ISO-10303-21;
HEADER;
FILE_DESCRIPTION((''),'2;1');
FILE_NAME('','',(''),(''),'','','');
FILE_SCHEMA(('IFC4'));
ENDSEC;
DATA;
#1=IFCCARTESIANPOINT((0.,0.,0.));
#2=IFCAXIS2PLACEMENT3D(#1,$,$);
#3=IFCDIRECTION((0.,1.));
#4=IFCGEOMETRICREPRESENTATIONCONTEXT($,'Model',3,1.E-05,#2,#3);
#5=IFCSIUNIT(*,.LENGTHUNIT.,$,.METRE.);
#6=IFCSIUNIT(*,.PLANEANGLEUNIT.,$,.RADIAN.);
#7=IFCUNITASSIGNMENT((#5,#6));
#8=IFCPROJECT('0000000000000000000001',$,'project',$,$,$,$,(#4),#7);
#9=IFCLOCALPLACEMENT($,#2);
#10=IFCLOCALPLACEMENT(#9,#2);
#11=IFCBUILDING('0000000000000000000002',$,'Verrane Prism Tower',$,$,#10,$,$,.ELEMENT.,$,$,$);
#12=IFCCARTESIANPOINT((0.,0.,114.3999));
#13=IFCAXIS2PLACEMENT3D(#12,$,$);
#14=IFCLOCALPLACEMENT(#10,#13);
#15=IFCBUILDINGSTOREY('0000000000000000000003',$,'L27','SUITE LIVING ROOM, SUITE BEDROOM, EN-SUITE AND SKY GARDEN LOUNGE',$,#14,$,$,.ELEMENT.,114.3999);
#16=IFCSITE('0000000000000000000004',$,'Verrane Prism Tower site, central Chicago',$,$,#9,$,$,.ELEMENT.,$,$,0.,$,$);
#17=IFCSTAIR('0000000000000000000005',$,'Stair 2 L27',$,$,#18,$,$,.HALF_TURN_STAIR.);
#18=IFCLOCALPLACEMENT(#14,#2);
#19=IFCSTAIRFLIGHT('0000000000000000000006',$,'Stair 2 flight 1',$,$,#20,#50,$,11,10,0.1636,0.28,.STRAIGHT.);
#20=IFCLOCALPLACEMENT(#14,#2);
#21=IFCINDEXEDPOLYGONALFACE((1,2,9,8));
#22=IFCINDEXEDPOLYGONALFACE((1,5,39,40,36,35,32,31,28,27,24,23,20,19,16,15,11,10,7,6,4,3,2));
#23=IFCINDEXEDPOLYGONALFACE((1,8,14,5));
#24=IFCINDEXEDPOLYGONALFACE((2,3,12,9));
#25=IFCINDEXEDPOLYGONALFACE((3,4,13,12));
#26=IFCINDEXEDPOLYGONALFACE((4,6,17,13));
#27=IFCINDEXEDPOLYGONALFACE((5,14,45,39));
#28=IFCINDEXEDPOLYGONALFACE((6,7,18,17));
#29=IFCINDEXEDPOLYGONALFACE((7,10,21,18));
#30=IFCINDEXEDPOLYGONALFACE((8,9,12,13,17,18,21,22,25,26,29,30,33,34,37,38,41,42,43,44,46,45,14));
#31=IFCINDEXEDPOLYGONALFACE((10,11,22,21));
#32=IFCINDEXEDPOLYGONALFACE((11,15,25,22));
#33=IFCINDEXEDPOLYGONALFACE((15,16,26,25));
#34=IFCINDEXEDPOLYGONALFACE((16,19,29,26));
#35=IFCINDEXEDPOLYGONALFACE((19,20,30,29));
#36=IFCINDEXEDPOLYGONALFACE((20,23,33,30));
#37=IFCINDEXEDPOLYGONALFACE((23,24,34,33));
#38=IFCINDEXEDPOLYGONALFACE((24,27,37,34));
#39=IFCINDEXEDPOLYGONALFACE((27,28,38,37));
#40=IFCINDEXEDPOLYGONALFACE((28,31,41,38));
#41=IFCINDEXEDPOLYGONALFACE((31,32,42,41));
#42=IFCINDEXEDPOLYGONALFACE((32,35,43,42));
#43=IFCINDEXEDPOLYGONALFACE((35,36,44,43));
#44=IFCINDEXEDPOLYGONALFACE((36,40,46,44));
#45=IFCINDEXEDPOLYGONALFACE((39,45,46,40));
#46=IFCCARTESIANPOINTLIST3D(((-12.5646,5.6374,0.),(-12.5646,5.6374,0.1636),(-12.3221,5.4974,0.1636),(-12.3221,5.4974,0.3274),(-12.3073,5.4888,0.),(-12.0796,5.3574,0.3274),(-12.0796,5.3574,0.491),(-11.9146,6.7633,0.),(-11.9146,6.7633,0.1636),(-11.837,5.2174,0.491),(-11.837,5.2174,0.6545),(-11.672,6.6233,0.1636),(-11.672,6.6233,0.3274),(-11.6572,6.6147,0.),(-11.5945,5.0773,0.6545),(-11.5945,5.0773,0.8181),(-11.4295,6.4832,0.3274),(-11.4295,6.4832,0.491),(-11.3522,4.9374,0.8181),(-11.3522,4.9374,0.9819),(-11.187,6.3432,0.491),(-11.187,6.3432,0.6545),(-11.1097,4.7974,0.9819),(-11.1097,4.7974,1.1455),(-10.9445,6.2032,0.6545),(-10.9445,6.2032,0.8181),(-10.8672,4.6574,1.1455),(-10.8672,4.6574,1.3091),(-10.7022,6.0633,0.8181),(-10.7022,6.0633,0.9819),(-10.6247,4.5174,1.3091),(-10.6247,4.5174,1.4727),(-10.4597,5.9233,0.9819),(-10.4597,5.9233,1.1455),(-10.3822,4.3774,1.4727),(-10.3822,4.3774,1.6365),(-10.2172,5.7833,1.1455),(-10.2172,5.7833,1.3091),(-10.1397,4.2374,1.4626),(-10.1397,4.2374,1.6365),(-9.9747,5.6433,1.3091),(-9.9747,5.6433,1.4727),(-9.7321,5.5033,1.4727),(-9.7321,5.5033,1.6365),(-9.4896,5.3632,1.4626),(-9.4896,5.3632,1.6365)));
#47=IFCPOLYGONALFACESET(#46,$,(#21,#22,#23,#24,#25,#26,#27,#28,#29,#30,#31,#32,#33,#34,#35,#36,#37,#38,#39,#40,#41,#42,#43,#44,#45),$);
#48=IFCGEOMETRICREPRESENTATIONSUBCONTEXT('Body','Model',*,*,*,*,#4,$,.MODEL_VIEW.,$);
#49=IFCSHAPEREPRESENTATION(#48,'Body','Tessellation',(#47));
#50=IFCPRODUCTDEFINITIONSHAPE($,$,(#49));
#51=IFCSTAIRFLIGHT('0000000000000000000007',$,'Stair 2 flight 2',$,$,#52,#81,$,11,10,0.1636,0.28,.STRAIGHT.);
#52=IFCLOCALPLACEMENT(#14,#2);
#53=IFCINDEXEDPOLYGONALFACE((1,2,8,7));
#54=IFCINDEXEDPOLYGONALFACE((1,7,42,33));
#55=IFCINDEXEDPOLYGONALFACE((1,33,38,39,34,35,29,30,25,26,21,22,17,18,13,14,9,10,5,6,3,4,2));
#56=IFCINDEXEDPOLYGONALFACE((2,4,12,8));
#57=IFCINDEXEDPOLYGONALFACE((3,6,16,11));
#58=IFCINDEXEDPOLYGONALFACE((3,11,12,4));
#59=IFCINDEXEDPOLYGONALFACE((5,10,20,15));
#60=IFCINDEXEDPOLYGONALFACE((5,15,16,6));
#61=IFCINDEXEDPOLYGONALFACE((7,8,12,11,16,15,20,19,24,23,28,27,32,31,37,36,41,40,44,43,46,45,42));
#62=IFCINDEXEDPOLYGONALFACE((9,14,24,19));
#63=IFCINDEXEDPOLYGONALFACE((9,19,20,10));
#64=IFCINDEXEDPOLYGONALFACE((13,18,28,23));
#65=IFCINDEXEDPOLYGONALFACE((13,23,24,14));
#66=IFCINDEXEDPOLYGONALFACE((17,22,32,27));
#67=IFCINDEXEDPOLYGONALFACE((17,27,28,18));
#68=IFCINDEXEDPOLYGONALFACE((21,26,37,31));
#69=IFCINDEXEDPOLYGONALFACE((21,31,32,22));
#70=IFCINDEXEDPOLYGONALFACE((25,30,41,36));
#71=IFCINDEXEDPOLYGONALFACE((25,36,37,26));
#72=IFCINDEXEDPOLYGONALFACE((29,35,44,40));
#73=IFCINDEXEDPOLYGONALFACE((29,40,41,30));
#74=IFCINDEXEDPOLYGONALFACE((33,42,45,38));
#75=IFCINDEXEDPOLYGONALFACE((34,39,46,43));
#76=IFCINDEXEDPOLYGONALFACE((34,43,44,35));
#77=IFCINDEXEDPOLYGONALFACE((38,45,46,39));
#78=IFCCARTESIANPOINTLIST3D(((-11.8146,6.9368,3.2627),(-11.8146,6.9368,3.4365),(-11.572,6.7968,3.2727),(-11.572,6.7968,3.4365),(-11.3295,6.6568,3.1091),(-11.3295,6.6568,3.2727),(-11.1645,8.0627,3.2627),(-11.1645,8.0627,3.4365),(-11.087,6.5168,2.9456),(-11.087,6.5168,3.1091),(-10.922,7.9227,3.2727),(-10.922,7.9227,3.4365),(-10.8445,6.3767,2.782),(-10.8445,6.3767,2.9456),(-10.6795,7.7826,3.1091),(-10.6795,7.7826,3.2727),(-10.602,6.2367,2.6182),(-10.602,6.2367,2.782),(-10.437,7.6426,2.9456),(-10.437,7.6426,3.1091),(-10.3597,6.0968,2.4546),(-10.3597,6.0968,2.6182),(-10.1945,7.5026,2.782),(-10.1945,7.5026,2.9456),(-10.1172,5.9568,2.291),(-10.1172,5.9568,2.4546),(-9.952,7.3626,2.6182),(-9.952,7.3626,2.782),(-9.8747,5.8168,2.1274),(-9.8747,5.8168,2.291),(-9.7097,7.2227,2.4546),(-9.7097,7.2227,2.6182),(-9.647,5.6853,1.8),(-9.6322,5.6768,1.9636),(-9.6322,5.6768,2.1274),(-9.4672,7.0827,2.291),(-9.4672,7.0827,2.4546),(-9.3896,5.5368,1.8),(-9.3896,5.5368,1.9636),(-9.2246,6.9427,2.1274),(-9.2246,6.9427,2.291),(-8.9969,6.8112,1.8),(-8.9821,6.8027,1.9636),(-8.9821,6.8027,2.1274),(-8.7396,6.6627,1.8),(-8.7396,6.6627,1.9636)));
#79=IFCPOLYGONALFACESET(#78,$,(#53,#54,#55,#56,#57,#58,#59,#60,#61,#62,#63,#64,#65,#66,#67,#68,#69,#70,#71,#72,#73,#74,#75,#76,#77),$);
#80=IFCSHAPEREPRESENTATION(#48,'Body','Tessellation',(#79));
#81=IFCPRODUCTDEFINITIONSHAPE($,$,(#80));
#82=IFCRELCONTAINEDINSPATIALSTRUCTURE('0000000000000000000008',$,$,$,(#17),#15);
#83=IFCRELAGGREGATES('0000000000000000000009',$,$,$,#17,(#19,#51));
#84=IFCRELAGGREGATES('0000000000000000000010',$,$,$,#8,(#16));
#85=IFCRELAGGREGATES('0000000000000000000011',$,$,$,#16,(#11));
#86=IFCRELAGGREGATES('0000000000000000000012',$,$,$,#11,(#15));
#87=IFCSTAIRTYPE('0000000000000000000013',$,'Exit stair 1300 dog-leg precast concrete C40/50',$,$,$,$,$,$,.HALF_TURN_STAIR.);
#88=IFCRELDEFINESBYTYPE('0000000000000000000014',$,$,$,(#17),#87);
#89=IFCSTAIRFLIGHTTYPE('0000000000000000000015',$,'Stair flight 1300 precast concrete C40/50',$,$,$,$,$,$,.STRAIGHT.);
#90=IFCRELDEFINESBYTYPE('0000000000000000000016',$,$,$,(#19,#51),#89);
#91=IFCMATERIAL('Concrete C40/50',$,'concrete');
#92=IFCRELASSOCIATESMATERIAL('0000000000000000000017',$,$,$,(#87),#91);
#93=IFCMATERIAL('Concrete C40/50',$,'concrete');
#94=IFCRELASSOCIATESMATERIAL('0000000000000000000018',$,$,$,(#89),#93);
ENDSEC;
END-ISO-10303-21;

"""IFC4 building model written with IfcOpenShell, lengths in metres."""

from ifc_helpers import new_model, si_unit, direction, frame, origin, place, context, subcontext, project, spatial, polyline, outline, extrude, material, type_object, element, aggregate, save


model = new_model("IFC4")

# Units and contexts
model_context = context("Model", 3, precision=1e-05, world=origin(), true_north=direction((0.0, 1.0)))
body_context = subcontext(model_context, "Body", "Model", "MODEL_VIEW")
ifc_project = project(units=[si_unit("LENGTHUNIT", "METRE"), si_unit("PLANEANGLEUNIT", "RADIAN")], contexts=[model_context])

# Site, building, storey
site_placement = place(None, origin())
site = spatial("IfcSite", under=ifc_project, at=site_placement, Name="Verrane Prism Tower site, central Chicago", CompositionType="ELEMENT", RefElevation=0.0)
building_placement = place(site_placement, origin())
building = spatial("IfcBuilding", under=site, at=building_placement, Name="Verrane Prism Tower", CompositionType="ELEMENT")
storey_placement = place(building_placement, frame((0.0, 0.0, 114.3999)))
storey = spatial("IfcBuildingStorey", under=building, at=storey_placement, Name="L27", Description="SUITE LIVING ROOM, SUITE BEDROOM, EN-SUITE AND SKY GARDEN LOUNGE", CompositionType="ELEMENT", Elevation=114.3999)

# Stair, stair flights
ifc_material_1 = material(Name="Concrete C40/50", Category="concrete")
stair_type = type_object("IfcStairType", Name="Exit stair 1300 dog-leg precast concrete C40/50", PredefinedType="HALF_TURN_STAIR", material=ifc_material_1)
stair_placement = place(storey_placement, origin())
stair = element("IfcStair", 1, at=stair_placement, inside=storey, type_object=stair_type, Name="Stair 2 L27", PredefinedType="HALF_TURN_STAIR")
ifc_material_2 = material(Name="Concrete C40/50", Category="concrete")
stair_flight_type = type_object("IfcStairFlightType", Name="Stair flight 1300 precast concrete C40/50", PredefinedType="STRAIGHT", material=ifc_material_2)
stair_flight_1_placement = place(storey_placement, frame((-12.2395, 6.2004, 0.0), z_axis=(0.0, 0.0, 1.0), x_axis=(0.866025, -0.5, 0.0)))
stair_flight_1 = element("IfcStairFlight", 2, at=stair_flight_1_placement, type_object=stair_flight_type, Name="Stair 2 flight 1", NumberOfRisers=11, NumberOfTreads=10, PredefinedType="STRAIGHT", RiserHeight=0.1636, TreadLength=0.28, context=body_context, shape_type="SweptSolid", body=[
    extrude(outline(polyline([(0.0, 0.0), (0.0, 0.1636), (0.28, 0.1636), (0.28, 0.3274), (0.5601, 0.3274), (0.5601, 0.491), (0.8401, 0.491), (0.8401, 0.6545), (1.1201, 0.6545), (1.1201, 0.8181), (1.3999, 0.8181), (1.3999, 0.9819), (1.6799, 0.9819), (1.6799, 1.1455), (1.96, 1.1455), (1.96, 1.3091), (2.24, 1.3091), (2.24, 1.4727), (2.52, 1.4727), (2.52, 1.6365), (2.8, 1.6365), (2.8, 1.8), (2.8, 1.4626), (0.2971, 0.0), (0.0, 0.0)])), frame((0.0, 0.6499, 0.0), z_axis=(0.0, -1.0, 0.0), x_axis=(1.0, 0.0, 0.0)), (0.0, 0.0, 1.0), 1.3),
])
stair_flight_2_placement = place(storey_placement, frame((-9.0647, 6.0996, 1.8), z_axis=(0.0, 0.0, 1.0), x_axis=(-0.866025, 0.5, 0.0)))
stair_flight_2 = element("IfcStairFlight", 3, at=stair_flight_2_placement, type_object=stair_flight_type, Name="Stair 2 flight 2", NumberOfRisers=11, NumberOfTreads=10, PredefinedType="STRAIGHT", RiserHeight=0.1636, TreadLength=0.28, context=body_context, shape_type="SweptSolid", body=[
    extrude(outline(polyline([(0.0, 0.0), (0.0, 0.1636), (0.28, 0.1636), (0.28, 0.3274), (0.5601, 0.3274), (0.5601, 0.491), (0.8401, 0.491), (0.8401, 0.6545), (1.1201, 0.6545), (1.1201, 0.8181), (1.3999, 0.8181), (1.3999, 0.9819), (1.6799, 0.9819), (1.6799, 1.1455), (1.96, 1.1455), (1.96, 1.3091), (2.24, 1.3091), (2.24, 1.4727), (2.52, 1.4727), (2.52, 1.6365), (2.8, 1.6365), (2.8, 1.8), (2.8, 1.4626), (0.2971, 0.0), (0.0, 0.0)])), frame((0.0, 0.6499, 0.0), z_axis=(0.0, -1.0, 0.0), x_axis=(1.0, 0.0, 0.0)), (0.0, 0.0, 1.0), 1.3),
])
aggregate(stair, [stair_flight_1, stair_flight_2])

save(model, "model.ifc")
